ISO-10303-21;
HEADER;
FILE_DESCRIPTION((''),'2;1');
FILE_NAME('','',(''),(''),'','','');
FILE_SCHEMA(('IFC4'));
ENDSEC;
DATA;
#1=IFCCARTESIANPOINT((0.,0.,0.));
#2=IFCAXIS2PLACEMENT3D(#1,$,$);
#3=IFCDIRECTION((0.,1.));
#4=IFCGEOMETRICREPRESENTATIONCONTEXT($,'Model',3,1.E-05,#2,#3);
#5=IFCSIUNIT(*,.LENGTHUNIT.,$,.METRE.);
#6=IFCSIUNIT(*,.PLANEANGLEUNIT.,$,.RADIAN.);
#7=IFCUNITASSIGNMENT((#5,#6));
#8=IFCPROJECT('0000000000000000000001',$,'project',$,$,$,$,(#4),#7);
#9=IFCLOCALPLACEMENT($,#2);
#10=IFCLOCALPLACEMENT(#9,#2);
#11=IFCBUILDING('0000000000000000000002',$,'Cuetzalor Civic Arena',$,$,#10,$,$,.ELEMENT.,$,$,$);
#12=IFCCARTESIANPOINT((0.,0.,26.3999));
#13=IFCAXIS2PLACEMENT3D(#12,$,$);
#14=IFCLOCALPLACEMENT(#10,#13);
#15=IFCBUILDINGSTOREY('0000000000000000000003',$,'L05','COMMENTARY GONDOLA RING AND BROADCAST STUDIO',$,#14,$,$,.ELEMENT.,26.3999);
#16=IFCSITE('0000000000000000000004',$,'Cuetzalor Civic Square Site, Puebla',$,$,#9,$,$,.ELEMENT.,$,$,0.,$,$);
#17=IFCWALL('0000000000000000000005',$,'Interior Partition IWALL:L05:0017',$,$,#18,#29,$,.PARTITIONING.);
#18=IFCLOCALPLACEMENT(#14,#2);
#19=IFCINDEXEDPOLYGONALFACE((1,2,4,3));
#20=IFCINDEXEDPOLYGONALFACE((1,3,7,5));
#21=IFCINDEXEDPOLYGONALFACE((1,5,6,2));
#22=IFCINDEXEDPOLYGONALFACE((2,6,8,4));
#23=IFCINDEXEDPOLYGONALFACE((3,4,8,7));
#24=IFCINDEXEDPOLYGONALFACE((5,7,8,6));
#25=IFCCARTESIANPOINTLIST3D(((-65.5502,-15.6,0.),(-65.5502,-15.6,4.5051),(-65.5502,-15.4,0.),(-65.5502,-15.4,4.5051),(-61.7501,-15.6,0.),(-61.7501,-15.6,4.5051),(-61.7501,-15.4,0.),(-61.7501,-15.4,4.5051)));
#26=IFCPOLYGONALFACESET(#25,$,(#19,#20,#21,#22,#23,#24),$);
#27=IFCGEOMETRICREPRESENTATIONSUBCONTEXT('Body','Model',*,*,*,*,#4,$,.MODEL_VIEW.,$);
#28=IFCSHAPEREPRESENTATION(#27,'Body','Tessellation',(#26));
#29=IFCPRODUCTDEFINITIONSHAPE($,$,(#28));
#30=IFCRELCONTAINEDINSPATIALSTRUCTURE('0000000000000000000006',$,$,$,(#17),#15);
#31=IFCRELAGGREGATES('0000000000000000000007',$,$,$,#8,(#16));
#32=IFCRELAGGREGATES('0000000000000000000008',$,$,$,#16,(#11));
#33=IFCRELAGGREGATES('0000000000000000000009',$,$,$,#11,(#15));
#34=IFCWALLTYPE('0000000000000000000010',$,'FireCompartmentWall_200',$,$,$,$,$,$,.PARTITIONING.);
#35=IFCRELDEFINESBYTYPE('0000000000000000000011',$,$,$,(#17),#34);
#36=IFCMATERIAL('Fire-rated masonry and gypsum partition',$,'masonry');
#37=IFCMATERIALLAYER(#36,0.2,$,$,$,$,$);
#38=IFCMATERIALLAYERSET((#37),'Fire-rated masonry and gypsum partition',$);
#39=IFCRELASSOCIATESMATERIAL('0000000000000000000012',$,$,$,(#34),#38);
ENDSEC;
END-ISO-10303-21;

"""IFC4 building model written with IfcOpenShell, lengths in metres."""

from ifc_helpers import new_model, si_unit, direction, frame, frame_2d, origin, place, context, subcontext, project, spatial, rectangle, extrude, material, layer, layer_set, type_object, element, save


model = new_model("IFC4")

# Units and contexts
model_context = context("Model", 3, precision=1e-05, world=origin(), true_north=direction((0.0, 1.0)))
body_context = subcontext(model_context, "Body", "Model", "MODEL_VIEW")
ifc_project = project(units=[si_unit("LENGTHUNIT", "METRE"), si_unit("PLANEANGLEUNIT", "RADIAN")], contexts=[model_context])

# Site, building, storey
site_placement = place(None, origin())
site = spatial("IfcSite", under=ifc_project, at=site_placement, Name="Cuetzalor Civic Square Site, Puebla", CompositionType="ELEMENT", RefElevation=0.0)
building_placement = place(site_placement, origin())
building = spatial("IfcBuilding", under=site, at=building_placement, Name="Cuetzalor Civic Arena", CompositionType="ELEMENT")
storey_placement = place(building_placement, frame((0.0, 0.0, 26.3999)))
storey = spatial("IfcBuildingStorey", under=building, at=storey_placement, Name="L05", Description="COMMENTARY GONDOLA RING AND BROADCAST STUDIO", CompositionType="ELEMENT", Elevation=26.3999)

# Shared definitions
ifc_material_1 = material(Name="Fire-rated masonry and gypsum partition", Category="masonry")
ifc_layer_1 = layer(ifc_material_1, 0.2)
ifc_layer_set_1 = layer_set([ifc_layer_1], Name="Fire-rated masonry and gypsum partition")
wall_type_1 = type_object("IfcWallType", Name="FireCompartmentWall_200", PredefinedType="PARTITIONING", material=ifc_layer_set_1)

# Wall
wall_1_placement = place(storey_placement, frame((-65.55, -15.5, 0.0), z_axis=(0.0, 0.0, 1.0), x_axis=(1.0, 0.0, 0.0)))
element("IfcWall", 1, at=wall_1_placement, inside=storey, type_object=wall_type_1, Name="Interior Partition IWALL:L05:0017", PredefinedType="PARTITIONING", context=body_context, shape_type="SweptSolid", body=[
    extrude(rectangle(XDim=3.8, YDim=0.2, at=frame_2d((1.8999, 0.0))), origin(), (0.0, 0.0, 1.0), 4.5051),
])

save(model, "model.ifc")
